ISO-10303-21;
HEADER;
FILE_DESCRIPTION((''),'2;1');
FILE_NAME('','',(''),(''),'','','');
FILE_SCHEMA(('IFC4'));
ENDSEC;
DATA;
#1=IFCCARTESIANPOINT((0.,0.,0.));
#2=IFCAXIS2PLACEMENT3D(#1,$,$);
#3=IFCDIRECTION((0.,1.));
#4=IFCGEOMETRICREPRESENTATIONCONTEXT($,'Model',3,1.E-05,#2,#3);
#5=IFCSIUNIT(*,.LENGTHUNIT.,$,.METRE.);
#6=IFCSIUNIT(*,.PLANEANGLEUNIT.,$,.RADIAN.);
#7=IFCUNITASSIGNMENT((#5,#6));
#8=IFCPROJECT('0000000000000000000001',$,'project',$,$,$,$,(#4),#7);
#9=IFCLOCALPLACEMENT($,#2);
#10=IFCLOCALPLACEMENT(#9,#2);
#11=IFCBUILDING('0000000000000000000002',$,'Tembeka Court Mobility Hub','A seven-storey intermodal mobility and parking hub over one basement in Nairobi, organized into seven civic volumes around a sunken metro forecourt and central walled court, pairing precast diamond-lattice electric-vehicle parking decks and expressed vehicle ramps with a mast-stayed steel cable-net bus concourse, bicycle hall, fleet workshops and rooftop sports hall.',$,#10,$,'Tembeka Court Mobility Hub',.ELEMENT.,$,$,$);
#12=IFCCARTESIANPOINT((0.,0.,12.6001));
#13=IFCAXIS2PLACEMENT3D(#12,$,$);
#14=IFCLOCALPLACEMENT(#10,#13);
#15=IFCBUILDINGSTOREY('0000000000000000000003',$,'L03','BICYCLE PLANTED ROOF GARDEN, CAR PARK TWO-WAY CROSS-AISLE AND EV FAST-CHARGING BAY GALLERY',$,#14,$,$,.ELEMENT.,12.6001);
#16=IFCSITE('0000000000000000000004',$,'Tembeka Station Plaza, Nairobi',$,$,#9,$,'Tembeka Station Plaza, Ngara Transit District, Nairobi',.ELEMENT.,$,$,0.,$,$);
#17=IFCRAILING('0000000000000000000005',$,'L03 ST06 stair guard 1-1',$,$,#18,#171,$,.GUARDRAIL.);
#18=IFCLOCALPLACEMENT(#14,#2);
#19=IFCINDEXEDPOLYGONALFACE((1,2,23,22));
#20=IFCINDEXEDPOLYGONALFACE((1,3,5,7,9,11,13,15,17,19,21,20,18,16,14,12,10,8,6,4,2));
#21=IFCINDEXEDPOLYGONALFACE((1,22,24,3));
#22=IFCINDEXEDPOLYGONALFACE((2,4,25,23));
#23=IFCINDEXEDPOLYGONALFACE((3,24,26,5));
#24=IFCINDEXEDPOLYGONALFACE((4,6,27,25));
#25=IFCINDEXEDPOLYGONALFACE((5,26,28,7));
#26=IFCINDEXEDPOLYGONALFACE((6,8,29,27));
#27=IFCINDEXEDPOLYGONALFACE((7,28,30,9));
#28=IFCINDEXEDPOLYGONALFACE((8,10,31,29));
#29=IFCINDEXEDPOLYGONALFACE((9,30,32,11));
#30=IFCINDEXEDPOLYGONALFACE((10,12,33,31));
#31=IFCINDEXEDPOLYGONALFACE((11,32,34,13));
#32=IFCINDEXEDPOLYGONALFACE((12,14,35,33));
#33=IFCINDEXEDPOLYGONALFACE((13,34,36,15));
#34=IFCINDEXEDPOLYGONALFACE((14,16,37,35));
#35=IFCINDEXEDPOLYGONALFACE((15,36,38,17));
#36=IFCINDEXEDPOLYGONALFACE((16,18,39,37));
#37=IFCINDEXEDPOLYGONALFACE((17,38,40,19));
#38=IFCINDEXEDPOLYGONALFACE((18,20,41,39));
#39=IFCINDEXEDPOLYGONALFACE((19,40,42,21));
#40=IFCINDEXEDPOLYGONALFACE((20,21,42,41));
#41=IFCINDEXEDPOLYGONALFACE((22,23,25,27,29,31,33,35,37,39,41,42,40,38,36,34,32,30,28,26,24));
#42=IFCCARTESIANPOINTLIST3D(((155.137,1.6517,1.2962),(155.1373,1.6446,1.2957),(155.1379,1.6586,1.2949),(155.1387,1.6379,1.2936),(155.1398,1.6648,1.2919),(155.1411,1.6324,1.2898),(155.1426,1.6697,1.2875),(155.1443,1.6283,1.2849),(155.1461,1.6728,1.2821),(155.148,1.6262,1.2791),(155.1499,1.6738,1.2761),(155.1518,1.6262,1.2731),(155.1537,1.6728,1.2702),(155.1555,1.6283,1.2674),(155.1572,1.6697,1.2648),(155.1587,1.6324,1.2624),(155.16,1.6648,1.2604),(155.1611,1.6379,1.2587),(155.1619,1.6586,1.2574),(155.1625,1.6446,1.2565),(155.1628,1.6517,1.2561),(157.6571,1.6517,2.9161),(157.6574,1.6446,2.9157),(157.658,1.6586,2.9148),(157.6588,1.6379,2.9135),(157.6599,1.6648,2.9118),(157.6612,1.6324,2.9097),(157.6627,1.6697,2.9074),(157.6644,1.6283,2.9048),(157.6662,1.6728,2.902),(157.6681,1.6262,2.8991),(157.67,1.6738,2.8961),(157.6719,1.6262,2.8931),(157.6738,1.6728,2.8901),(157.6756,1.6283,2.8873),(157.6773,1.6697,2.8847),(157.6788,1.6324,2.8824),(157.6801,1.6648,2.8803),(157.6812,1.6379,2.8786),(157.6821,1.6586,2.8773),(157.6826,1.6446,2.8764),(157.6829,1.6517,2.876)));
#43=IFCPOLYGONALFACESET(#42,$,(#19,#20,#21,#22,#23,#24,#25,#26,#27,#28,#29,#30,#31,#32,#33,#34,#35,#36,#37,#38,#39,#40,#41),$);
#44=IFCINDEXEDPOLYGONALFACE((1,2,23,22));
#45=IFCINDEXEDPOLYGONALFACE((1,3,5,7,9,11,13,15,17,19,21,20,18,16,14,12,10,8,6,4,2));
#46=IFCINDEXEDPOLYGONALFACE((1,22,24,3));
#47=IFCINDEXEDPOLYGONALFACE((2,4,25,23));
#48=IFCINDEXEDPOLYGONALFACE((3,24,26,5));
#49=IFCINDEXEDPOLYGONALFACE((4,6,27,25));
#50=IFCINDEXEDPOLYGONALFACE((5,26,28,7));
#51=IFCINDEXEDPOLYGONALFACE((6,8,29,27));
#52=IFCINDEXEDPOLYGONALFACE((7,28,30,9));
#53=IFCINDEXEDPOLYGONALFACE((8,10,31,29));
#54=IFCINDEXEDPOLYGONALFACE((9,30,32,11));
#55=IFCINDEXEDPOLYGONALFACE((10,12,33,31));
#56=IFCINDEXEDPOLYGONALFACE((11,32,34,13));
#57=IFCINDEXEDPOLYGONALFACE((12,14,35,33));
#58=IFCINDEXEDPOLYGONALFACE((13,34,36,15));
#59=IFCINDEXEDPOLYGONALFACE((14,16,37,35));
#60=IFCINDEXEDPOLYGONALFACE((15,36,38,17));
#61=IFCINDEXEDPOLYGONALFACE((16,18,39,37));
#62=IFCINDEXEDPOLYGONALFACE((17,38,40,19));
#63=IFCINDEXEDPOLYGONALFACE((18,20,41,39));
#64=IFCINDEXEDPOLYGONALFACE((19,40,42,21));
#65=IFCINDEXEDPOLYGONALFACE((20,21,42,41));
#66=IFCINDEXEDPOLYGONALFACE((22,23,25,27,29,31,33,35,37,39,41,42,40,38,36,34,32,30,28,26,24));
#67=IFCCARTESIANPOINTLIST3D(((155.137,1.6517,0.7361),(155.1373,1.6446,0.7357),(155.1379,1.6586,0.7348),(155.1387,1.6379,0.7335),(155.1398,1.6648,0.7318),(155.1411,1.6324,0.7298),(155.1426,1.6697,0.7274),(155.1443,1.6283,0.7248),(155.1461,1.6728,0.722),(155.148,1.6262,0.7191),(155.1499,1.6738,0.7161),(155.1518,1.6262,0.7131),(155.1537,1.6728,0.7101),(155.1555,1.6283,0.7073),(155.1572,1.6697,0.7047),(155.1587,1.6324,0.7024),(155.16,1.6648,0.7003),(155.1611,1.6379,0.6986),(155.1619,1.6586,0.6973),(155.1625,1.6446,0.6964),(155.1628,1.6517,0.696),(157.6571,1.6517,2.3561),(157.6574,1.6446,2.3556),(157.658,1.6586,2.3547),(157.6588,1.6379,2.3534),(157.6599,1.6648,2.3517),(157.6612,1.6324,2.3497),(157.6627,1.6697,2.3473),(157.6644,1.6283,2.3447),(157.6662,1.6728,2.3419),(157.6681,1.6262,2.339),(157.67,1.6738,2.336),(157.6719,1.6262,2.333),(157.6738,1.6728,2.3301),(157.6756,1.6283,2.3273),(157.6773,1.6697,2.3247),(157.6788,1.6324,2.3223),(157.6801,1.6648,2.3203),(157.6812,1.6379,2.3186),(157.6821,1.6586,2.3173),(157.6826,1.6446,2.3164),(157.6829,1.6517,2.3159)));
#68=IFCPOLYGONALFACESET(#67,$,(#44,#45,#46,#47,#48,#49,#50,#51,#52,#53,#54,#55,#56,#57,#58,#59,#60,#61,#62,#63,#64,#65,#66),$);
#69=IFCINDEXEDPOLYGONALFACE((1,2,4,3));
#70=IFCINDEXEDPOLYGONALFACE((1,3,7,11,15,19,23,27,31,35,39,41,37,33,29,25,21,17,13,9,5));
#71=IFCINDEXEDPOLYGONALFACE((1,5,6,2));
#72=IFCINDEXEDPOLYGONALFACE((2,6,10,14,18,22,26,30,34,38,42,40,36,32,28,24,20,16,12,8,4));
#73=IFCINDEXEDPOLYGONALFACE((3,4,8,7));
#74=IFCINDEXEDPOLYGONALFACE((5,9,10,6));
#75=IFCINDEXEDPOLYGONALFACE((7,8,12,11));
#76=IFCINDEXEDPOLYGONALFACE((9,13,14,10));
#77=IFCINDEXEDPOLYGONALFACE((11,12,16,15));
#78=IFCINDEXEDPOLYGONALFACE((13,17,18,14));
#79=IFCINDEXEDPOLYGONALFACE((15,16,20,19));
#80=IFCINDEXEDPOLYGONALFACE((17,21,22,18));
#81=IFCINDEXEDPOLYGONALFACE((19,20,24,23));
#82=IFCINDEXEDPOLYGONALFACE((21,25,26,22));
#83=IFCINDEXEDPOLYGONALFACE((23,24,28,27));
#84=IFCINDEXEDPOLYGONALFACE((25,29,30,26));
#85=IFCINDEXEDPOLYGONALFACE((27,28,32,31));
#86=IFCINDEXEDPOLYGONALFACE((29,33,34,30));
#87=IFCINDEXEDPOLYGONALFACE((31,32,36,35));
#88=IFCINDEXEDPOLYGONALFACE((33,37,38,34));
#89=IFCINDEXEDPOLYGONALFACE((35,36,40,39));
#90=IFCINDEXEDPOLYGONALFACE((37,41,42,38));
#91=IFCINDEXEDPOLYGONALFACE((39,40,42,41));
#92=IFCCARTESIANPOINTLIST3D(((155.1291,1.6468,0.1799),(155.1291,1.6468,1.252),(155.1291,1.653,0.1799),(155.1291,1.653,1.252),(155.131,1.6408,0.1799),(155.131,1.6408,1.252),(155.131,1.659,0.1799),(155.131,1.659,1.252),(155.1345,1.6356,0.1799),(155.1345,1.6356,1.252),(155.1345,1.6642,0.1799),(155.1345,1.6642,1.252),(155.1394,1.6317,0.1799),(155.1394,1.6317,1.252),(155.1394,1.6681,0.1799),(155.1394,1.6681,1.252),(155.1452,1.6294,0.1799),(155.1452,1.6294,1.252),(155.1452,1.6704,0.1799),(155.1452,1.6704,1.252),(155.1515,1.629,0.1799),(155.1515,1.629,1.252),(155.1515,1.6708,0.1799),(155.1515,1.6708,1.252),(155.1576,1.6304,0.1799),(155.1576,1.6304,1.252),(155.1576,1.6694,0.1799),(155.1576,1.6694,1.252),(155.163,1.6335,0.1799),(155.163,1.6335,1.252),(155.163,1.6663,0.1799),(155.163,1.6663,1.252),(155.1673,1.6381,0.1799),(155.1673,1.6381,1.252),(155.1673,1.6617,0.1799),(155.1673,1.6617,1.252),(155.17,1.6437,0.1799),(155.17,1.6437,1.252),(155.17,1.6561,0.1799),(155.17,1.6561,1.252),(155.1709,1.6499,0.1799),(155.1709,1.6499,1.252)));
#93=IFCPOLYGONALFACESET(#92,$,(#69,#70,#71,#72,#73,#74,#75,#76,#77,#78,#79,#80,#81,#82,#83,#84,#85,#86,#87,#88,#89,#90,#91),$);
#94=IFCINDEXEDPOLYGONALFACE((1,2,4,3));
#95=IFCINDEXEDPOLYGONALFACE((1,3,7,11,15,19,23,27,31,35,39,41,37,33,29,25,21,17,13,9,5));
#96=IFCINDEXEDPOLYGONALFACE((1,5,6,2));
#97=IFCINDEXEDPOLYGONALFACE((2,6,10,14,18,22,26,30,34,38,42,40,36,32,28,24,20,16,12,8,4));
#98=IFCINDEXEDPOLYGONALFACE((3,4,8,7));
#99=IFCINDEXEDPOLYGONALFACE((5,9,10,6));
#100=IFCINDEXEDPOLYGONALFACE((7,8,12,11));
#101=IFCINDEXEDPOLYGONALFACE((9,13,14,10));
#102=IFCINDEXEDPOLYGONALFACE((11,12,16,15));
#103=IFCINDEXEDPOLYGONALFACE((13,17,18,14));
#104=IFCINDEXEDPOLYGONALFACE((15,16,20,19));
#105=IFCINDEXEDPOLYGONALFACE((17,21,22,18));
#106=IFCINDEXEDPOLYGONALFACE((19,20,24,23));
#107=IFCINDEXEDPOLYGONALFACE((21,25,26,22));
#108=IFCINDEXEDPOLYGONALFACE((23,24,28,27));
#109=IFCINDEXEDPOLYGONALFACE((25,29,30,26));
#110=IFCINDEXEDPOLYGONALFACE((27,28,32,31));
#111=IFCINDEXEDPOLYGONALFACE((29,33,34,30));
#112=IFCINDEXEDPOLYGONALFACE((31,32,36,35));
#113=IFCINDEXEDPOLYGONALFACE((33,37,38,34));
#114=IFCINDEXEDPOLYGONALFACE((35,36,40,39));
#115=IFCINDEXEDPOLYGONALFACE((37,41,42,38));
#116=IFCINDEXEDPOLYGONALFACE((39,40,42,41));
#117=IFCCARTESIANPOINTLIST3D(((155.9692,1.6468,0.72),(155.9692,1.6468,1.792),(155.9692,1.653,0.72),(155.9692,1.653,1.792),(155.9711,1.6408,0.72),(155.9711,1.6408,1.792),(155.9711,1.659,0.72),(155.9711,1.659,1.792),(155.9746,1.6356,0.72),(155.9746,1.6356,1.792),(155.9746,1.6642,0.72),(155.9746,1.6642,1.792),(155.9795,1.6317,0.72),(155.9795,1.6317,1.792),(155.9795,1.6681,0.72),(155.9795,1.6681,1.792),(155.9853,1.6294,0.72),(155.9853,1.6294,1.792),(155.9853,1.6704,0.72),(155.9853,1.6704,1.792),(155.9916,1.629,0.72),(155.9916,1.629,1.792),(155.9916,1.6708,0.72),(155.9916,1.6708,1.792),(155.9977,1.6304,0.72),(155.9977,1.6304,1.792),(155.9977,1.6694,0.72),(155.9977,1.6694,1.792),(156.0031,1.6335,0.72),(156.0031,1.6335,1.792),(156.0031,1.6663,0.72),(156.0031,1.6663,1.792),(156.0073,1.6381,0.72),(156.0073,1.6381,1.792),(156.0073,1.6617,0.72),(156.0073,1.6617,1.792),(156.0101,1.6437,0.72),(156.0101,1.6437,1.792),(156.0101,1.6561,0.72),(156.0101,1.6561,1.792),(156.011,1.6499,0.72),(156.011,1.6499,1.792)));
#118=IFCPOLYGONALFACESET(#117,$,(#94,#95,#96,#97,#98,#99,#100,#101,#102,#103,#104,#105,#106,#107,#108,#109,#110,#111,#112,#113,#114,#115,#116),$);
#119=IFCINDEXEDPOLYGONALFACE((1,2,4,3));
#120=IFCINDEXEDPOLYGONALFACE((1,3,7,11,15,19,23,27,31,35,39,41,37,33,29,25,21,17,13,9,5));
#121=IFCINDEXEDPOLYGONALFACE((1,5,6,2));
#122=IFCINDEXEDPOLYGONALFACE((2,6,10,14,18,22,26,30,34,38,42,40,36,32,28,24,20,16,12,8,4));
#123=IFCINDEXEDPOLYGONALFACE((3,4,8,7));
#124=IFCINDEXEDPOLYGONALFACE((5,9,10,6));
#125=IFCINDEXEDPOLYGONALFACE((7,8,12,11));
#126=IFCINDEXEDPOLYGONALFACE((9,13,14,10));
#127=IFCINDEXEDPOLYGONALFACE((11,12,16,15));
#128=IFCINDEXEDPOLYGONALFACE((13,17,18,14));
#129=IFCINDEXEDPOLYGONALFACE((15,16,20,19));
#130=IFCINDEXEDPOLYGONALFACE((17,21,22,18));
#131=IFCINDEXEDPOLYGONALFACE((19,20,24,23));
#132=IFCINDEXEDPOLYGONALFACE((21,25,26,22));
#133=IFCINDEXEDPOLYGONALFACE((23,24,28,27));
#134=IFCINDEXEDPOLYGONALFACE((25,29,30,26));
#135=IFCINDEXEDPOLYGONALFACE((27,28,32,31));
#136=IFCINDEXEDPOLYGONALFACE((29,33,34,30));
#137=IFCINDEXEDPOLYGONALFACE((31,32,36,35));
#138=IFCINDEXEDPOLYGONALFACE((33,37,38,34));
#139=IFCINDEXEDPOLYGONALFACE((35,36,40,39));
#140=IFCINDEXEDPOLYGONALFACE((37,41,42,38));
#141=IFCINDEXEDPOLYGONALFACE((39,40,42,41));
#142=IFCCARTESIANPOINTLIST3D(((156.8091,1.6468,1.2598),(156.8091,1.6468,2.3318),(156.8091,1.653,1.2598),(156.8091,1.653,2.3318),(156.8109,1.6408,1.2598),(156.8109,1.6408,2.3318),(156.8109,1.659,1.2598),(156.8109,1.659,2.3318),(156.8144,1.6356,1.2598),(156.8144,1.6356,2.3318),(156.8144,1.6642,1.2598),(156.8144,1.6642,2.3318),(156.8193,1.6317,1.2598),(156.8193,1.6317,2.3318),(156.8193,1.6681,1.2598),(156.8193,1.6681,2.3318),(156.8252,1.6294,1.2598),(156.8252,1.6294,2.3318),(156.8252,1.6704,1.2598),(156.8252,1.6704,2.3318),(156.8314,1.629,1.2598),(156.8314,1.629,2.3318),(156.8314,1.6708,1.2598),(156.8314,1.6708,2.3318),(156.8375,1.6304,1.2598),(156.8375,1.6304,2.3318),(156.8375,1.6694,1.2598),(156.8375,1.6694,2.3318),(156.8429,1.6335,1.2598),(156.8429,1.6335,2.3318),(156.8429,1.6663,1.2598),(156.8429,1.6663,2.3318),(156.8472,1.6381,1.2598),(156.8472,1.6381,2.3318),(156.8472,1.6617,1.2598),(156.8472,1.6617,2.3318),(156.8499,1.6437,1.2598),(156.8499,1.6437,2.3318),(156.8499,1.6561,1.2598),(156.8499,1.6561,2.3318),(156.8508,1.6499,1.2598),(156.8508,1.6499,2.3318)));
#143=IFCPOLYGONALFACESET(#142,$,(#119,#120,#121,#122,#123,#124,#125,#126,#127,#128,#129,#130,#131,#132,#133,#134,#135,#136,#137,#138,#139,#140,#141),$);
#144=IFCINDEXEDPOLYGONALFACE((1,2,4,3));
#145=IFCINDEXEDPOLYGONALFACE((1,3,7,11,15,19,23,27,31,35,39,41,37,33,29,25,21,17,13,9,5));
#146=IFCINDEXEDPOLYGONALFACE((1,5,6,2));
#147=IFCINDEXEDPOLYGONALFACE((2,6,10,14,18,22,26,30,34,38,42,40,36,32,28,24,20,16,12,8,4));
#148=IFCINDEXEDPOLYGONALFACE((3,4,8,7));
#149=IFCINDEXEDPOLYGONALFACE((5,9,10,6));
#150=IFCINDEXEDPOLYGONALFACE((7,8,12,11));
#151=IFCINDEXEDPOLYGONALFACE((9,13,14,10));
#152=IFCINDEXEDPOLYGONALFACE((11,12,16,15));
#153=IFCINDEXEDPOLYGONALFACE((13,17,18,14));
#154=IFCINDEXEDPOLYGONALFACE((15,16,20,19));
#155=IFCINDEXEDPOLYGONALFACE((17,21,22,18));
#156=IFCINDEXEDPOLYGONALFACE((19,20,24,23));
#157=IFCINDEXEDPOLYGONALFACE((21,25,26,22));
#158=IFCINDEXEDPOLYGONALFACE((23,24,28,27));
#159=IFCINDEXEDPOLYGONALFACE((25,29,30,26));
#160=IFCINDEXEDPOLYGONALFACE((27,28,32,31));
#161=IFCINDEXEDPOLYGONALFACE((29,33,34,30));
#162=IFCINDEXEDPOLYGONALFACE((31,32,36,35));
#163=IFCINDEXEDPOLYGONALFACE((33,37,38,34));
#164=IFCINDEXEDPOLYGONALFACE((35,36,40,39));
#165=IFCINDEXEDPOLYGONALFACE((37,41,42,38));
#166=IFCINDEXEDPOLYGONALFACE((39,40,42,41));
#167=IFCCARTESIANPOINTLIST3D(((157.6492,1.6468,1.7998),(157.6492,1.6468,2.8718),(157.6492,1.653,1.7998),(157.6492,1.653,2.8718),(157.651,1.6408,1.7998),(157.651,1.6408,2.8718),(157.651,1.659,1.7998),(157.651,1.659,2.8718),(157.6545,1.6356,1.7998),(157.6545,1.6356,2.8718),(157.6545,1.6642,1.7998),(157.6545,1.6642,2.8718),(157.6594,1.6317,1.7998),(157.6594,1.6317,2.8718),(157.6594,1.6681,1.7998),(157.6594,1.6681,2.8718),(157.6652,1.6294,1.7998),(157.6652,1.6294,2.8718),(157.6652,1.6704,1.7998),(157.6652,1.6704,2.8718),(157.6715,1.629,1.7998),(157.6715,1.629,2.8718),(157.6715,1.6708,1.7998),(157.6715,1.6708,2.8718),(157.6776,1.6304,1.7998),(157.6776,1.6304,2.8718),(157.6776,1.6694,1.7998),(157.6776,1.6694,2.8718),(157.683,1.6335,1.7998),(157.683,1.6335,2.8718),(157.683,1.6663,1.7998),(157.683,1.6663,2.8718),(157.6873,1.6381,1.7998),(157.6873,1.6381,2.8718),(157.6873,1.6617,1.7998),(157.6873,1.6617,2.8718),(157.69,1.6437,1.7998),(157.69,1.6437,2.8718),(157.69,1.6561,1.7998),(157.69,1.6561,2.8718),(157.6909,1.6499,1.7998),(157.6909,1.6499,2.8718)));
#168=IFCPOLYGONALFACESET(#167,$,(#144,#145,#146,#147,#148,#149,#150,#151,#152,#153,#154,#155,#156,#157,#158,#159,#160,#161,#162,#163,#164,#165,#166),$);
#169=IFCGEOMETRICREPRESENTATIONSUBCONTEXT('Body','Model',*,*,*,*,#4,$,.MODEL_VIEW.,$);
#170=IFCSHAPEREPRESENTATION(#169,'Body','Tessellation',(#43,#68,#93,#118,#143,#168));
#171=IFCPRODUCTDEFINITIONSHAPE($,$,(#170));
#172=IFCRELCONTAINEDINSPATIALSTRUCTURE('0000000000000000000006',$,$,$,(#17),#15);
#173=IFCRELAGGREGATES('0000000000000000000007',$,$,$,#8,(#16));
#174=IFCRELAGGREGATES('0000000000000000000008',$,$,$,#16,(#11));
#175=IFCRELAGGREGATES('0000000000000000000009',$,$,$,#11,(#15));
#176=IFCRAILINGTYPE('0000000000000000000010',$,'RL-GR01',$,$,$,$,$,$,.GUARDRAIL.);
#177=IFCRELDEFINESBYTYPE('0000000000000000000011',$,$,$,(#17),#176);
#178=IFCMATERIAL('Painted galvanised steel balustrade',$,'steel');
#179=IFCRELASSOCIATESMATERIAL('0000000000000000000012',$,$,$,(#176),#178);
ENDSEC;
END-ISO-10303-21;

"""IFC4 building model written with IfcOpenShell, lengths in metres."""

from ifc_helpers import new_model, si_unit, direction, frame, origin, origin_2d, place, context, subcontext, project, spatial, circle, extrude, material, type_object, element, save


model = new_model("IFC4")

# Units and contexts
model_context = context("Model", 3, precision=1e-05, world=origin(), true_north=direction((0.0, 1.0)))
body_context = subcontext(model_context, "Body", "Model", "MODEL_VIEW")
ifc_project = project(units=[si_unit("LENGTHUNIT", "METRE"), si_unit("PLANEANGLEUNIT", "RADIAN")], contexts=[model_context])

# Site, building, storey
site_placement = place(None, origin())
site = spatial("IfcSite", under=ifc_project, at=site_placement, Name="Tembeka Station Plaza, Nairobi", LongName="Tembeka Station Plaza, Ngara Transit District, Nairobi", CompositionType="ELEMENT", RefElevation=0.0)
building_placement = place(site_placement, origin())
building = spatial("IfcBuilding", under=site, at=building_placement, Name="Tembeka Court Mobility Hub", Description="A seven-storey intermodal mobility and parking hub over one basement in Nairobi, organized into seven civic volumes around a sunken metro forecourt and central walled court, pairing precast diamond-lattice electric-vehicle parking decks and expressed vehicle ramps with a mast-stayed steel cable-net bus concourse, bicycle hall, fleet workshops and rooftop sports hall.", LongName="Tembeka Court Mobility Hub", CompositionType="ELEMENT")
storey_placement = place(building_placement, frame((0.0, 0.0, 12.6001)))
storey = spatial("IfcBuildingStorey", under=building, at=storey_placement, Name="L03", Description="BICYCLE PLANTED ROOF GARDEN, CAR PARK TWO-WAY CROSS-AISLE AND EV FAST-CHARGING BAY GALLERY", CompositionType="ELEMENT", Elevation=12.6001)

# Railing
ifc_material_1 = material(Name="Painted galvanised steel balustrade", Category="steel")
railing_type = type_object("IfcRailingType", Name="RL-GR01", PredefinedType="GUARDRAIL", material=ifc_material_1)
railing_1_placement = place(storey_placement, frame((155.1499, 1.6499, 0.1799)))
element("IfcRailing", 1, at=railing_1_placement, inside=storey, type_object=railing_type, Name="L03 ST06 stair guard 1-1", PredefinedType="GUARDRAIL", context=body_context, shape_type="SweptSolid", body=[
    extrude(circle(Radius=0.0239, at=origin_2d()), frame((0.0, 0.0, 1.0962), z_axis=(0.8412, 0.0, 0.540725), x_axis=(0.0, 1.0, 0.0)), (0.0, 0.0, 1.0), 2.9958),
    extrude(circle(Radius=0.0239, at=origin_2d()), frame((0.0, 0.0, 0.5361), z_axis=(0.8412, 0.0, 0.540725), x_axis=(0.0, 1.0, 0.0)), (0.0, 0.0, 1.0), 2.9958),
    extrude(circle(Radius=0.021, at=origin_2d()), origin(), (0.0, 0.0, 1.0), 1.072),
    extrude(circle(Radius=0.021, at=origin_2d()), frame((0.8401, 0.0, 0.54)), (0.0, 0.0, 1.0), 1.072),
    extrude(circle(Radius=0.021, at=origin_2d()), frame((1.6799, 0.0, 1.0798)), (0.0, 0.0, 1.0), 1.072),
    extrude(circle(Radius=0.021, at=origin_2d()), frame((2.52, 0.0, 1.6199)), (0.0, 0.0, 1.0), 1.072),
])

save(model, "model.ifc")
